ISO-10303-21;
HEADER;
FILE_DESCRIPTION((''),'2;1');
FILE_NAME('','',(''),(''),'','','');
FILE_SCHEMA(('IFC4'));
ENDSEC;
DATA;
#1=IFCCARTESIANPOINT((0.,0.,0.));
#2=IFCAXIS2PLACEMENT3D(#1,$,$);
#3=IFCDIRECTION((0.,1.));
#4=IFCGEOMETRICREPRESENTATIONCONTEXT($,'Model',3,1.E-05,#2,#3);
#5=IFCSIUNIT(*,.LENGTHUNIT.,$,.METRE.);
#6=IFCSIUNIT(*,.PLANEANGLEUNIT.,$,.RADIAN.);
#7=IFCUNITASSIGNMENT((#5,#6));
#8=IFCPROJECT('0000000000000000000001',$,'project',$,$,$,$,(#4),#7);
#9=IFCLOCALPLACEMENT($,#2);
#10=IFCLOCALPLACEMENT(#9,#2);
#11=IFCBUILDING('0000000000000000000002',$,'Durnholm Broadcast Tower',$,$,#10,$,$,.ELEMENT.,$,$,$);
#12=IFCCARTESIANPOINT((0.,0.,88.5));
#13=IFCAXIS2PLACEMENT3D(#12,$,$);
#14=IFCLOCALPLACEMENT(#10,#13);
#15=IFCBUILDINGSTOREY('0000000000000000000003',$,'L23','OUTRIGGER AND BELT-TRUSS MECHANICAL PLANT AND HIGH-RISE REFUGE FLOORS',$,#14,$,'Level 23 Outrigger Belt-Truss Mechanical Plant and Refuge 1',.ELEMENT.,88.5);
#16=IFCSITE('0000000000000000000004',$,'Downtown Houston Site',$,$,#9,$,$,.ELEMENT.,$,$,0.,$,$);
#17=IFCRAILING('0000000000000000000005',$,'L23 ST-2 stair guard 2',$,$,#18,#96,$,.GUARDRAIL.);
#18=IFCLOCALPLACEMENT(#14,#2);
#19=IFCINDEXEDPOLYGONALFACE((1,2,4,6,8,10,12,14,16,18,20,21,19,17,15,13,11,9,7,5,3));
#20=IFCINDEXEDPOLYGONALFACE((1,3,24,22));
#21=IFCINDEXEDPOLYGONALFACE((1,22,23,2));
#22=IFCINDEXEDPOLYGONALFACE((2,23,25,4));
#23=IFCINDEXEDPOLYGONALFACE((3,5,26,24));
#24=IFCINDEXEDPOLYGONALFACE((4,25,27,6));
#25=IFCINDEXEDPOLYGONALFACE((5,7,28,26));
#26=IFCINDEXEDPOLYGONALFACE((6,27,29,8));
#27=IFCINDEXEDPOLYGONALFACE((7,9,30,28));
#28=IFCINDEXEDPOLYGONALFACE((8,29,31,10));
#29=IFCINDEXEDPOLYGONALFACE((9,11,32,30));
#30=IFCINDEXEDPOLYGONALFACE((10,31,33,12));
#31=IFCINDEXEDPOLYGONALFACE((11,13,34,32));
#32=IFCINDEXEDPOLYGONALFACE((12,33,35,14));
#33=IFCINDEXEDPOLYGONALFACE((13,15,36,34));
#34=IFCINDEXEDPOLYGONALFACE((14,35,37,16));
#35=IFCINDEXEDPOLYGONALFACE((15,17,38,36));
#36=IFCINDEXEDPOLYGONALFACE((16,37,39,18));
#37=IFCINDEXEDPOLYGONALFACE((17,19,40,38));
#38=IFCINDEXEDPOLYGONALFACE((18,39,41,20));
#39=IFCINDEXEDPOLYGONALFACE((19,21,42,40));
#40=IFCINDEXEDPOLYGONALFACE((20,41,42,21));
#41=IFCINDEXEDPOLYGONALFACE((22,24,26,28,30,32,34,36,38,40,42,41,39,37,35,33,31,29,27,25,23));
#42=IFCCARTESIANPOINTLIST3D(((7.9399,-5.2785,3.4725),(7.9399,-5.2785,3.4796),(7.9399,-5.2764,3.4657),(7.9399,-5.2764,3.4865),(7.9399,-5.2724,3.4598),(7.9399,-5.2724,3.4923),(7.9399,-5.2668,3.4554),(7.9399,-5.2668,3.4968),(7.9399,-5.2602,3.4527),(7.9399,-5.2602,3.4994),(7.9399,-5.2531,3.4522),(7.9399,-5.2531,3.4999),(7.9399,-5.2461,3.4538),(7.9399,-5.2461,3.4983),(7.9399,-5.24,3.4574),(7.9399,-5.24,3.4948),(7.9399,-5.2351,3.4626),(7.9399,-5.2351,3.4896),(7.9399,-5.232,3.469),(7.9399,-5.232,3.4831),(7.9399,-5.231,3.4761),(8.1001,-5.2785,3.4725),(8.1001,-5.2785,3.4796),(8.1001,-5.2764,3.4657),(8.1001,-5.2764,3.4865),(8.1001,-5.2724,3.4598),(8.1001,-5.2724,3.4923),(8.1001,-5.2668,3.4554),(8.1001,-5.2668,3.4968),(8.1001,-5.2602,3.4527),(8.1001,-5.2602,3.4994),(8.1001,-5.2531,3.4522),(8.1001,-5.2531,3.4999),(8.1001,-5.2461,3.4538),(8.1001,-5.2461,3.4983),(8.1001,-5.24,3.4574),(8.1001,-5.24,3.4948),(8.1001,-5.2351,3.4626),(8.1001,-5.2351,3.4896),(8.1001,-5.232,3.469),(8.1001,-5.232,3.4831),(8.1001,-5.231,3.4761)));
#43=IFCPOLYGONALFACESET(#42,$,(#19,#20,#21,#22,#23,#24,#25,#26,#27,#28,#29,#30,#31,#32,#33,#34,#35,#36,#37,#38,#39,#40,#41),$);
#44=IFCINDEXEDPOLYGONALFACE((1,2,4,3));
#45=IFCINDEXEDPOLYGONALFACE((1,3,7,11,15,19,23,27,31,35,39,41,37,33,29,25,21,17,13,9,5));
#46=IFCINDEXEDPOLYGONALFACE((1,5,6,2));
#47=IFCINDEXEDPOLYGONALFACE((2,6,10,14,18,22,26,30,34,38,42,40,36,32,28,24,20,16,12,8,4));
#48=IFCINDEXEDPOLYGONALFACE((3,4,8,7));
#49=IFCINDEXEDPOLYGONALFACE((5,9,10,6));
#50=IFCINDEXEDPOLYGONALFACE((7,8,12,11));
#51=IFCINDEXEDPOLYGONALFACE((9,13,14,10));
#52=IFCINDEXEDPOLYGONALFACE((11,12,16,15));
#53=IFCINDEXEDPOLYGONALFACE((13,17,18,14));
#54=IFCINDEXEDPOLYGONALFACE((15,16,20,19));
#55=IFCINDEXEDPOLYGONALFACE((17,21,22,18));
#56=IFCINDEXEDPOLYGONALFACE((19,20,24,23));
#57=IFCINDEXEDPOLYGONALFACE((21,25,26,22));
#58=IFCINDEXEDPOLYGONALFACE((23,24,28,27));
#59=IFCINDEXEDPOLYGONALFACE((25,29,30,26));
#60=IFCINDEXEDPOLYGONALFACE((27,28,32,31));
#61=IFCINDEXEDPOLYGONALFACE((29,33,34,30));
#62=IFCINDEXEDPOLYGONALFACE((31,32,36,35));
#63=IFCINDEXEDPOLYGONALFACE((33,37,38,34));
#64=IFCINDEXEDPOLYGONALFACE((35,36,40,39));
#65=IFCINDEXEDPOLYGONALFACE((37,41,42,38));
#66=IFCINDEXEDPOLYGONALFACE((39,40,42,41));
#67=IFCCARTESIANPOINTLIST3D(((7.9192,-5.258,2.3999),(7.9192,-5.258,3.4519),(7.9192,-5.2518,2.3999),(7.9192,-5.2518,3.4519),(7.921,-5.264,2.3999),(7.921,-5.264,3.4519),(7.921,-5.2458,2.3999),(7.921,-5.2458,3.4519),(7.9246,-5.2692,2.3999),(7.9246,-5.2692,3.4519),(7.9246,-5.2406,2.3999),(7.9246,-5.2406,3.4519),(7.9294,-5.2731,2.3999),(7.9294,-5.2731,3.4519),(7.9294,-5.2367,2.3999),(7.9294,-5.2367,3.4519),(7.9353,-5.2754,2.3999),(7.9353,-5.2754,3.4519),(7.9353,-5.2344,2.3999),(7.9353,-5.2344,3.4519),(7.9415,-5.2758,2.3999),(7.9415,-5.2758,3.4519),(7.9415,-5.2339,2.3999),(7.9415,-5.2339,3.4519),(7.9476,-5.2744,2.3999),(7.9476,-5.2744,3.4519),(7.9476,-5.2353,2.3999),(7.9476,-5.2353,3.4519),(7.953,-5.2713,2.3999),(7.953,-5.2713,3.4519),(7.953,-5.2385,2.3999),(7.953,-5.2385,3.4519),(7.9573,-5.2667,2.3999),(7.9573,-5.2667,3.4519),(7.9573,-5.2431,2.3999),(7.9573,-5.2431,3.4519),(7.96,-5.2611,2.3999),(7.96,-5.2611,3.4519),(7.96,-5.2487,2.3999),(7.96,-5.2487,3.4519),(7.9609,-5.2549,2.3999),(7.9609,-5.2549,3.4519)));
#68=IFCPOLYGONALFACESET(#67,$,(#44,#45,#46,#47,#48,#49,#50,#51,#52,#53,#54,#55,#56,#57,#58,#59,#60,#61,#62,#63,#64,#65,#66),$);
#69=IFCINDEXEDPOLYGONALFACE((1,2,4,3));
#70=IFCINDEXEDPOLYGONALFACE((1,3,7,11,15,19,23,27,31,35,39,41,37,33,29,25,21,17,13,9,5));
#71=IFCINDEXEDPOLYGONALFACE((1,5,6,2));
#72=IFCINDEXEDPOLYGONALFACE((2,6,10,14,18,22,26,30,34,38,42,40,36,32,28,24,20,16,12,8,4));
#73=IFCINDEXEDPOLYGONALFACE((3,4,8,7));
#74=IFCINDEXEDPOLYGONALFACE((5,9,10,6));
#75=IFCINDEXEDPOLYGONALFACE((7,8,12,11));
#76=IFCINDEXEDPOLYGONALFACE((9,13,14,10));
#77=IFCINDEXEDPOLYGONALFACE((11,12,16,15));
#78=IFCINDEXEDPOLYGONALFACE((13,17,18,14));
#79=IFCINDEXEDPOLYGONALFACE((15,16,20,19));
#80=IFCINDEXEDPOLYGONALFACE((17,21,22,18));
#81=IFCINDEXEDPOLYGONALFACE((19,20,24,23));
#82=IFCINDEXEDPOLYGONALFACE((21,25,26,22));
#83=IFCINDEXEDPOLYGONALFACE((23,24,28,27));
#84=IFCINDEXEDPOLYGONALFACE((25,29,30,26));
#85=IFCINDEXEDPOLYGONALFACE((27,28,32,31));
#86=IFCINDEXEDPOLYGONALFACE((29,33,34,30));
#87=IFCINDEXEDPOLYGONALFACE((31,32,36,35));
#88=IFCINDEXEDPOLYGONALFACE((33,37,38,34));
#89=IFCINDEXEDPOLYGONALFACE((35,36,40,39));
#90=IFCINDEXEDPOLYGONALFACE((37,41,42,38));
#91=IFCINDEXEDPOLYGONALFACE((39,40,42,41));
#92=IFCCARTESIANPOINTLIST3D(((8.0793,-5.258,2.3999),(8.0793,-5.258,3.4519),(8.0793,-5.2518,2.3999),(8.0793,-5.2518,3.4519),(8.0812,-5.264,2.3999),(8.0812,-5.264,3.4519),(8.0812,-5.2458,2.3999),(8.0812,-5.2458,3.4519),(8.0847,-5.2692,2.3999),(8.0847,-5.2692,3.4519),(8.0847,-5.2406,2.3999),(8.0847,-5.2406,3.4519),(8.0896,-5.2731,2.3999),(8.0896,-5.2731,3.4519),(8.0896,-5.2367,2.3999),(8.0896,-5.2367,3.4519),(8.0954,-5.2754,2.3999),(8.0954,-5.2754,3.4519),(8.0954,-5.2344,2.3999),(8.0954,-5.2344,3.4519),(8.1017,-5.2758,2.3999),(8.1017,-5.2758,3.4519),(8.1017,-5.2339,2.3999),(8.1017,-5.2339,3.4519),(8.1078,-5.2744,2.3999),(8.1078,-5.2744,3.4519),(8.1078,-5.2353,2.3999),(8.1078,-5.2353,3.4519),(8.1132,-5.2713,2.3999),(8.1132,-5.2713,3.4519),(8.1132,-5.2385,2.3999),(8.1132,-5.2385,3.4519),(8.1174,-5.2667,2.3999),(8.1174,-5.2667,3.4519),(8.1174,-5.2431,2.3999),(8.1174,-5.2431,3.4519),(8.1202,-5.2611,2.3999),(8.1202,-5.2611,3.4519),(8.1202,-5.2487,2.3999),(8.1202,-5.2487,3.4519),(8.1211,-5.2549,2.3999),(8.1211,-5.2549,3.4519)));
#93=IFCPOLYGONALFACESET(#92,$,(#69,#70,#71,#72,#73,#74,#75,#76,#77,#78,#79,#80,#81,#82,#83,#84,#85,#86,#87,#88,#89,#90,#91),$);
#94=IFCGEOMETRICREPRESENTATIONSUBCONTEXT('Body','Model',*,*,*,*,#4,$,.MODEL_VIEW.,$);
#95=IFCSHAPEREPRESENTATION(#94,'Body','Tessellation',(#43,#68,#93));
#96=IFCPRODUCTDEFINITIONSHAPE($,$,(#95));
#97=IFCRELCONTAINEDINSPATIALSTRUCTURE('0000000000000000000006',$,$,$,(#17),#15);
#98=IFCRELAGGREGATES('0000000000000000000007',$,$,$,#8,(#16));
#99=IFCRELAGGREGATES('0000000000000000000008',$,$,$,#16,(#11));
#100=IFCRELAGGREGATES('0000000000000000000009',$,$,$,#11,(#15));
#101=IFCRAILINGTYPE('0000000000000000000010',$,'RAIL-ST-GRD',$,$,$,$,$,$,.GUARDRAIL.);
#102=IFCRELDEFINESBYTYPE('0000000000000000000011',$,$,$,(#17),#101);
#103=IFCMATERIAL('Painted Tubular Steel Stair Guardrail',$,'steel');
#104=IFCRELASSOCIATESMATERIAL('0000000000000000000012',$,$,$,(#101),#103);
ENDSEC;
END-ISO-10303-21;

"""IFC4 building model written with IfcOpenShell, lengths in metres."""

from ifc_helpers import new_model, si_unit, direction, frame, origin, origin_2d, place, context, subcontext, project, spatial, circle, extrude, material, type_object, element, save


model = new_model("IFC4")

# Units and contexts
model_context = context("Model", 3, precision=1e-05, world=origin(), true_north=direction((0.0, 1.0)))
body_context = subcontext(model_context, "Body", "Model", "MODEL_VIEW")
ifc_project = project(units=[si_unit("LENGTHUNIT", "METRE"), si_unit("PLANEANGLEUNIT", "RADIAN")], contexts=[model_context])

# Site, building, storey
site_placement = place(None, origin())
site = spatial("IfcSite", under=ifc_project, at=site_placement, Name="Downtown Houston Site", CompositionType="ELEMENT", RefElevation=0.0)
building_placement = place(site_placement, origin())
building = spatial("IfcBuilding", under=site, at=building_placement, Name="Durnholm Broadcast Tower", CompositionType="ELEMENT")
storey_placement = place(building_placement, frame((0.0, 0.0, 88.5)))
storey = spatial("IfcBuildingStorey", under=building, at=storey_placement, Name="L23", Description="OUTRIGGER AND BELT-TRUSS MECHANICAL PLANT AND HIGH-RISE REFUGE FLOORS", LongName="Level 23 Outrigger Belt-Truss Mechanical Plant and Refuge 1", CompositionType="ELEMENT", Elevation=88.5)

# Railing
ifc_material_1 = material(Name="Painted Tubular Steel Stair Guardrail", Category="steel")
railing_type_1 = type_object("IfcRailingType", Name="RAIL-ST-GRD", PredefinedType="GUARDRAIL", material=ifc_material_1)
railing_1_placement = place(storey_placement, frame((7.9399, -5.2549, 2.3999)))
element("IfcRailing", 1, at=railing_1_placement, inside=storey, type_object=railing_type_1, Name="L23 ST-2 stair guard 2", PredefinedType="GUARDRAIL", context=body_context, shape_type="SweptSolid", body=[
    extrude(circle(Radius=0.0239, at=origin_2d()), frame((0.0, 0.0, 1.0762), z_axis=(1.0, 0.0, 0.0), x_axis=(0.0, 1.0, 0.0)), (0.0, 0.0, 1.0), 0.1602),
    extrude(circle(Radius=0.021, at=origin_2d()), origin(), (0.0, 0.0, 1.0), 1.052),
    extrude(circle(Radius=0.021, at=origin_2d()), frame((0.1602, 0.0, 0.0)), (0.0, 0.0, 1.0), 1.052),
])

save(model, "model.ifc")
